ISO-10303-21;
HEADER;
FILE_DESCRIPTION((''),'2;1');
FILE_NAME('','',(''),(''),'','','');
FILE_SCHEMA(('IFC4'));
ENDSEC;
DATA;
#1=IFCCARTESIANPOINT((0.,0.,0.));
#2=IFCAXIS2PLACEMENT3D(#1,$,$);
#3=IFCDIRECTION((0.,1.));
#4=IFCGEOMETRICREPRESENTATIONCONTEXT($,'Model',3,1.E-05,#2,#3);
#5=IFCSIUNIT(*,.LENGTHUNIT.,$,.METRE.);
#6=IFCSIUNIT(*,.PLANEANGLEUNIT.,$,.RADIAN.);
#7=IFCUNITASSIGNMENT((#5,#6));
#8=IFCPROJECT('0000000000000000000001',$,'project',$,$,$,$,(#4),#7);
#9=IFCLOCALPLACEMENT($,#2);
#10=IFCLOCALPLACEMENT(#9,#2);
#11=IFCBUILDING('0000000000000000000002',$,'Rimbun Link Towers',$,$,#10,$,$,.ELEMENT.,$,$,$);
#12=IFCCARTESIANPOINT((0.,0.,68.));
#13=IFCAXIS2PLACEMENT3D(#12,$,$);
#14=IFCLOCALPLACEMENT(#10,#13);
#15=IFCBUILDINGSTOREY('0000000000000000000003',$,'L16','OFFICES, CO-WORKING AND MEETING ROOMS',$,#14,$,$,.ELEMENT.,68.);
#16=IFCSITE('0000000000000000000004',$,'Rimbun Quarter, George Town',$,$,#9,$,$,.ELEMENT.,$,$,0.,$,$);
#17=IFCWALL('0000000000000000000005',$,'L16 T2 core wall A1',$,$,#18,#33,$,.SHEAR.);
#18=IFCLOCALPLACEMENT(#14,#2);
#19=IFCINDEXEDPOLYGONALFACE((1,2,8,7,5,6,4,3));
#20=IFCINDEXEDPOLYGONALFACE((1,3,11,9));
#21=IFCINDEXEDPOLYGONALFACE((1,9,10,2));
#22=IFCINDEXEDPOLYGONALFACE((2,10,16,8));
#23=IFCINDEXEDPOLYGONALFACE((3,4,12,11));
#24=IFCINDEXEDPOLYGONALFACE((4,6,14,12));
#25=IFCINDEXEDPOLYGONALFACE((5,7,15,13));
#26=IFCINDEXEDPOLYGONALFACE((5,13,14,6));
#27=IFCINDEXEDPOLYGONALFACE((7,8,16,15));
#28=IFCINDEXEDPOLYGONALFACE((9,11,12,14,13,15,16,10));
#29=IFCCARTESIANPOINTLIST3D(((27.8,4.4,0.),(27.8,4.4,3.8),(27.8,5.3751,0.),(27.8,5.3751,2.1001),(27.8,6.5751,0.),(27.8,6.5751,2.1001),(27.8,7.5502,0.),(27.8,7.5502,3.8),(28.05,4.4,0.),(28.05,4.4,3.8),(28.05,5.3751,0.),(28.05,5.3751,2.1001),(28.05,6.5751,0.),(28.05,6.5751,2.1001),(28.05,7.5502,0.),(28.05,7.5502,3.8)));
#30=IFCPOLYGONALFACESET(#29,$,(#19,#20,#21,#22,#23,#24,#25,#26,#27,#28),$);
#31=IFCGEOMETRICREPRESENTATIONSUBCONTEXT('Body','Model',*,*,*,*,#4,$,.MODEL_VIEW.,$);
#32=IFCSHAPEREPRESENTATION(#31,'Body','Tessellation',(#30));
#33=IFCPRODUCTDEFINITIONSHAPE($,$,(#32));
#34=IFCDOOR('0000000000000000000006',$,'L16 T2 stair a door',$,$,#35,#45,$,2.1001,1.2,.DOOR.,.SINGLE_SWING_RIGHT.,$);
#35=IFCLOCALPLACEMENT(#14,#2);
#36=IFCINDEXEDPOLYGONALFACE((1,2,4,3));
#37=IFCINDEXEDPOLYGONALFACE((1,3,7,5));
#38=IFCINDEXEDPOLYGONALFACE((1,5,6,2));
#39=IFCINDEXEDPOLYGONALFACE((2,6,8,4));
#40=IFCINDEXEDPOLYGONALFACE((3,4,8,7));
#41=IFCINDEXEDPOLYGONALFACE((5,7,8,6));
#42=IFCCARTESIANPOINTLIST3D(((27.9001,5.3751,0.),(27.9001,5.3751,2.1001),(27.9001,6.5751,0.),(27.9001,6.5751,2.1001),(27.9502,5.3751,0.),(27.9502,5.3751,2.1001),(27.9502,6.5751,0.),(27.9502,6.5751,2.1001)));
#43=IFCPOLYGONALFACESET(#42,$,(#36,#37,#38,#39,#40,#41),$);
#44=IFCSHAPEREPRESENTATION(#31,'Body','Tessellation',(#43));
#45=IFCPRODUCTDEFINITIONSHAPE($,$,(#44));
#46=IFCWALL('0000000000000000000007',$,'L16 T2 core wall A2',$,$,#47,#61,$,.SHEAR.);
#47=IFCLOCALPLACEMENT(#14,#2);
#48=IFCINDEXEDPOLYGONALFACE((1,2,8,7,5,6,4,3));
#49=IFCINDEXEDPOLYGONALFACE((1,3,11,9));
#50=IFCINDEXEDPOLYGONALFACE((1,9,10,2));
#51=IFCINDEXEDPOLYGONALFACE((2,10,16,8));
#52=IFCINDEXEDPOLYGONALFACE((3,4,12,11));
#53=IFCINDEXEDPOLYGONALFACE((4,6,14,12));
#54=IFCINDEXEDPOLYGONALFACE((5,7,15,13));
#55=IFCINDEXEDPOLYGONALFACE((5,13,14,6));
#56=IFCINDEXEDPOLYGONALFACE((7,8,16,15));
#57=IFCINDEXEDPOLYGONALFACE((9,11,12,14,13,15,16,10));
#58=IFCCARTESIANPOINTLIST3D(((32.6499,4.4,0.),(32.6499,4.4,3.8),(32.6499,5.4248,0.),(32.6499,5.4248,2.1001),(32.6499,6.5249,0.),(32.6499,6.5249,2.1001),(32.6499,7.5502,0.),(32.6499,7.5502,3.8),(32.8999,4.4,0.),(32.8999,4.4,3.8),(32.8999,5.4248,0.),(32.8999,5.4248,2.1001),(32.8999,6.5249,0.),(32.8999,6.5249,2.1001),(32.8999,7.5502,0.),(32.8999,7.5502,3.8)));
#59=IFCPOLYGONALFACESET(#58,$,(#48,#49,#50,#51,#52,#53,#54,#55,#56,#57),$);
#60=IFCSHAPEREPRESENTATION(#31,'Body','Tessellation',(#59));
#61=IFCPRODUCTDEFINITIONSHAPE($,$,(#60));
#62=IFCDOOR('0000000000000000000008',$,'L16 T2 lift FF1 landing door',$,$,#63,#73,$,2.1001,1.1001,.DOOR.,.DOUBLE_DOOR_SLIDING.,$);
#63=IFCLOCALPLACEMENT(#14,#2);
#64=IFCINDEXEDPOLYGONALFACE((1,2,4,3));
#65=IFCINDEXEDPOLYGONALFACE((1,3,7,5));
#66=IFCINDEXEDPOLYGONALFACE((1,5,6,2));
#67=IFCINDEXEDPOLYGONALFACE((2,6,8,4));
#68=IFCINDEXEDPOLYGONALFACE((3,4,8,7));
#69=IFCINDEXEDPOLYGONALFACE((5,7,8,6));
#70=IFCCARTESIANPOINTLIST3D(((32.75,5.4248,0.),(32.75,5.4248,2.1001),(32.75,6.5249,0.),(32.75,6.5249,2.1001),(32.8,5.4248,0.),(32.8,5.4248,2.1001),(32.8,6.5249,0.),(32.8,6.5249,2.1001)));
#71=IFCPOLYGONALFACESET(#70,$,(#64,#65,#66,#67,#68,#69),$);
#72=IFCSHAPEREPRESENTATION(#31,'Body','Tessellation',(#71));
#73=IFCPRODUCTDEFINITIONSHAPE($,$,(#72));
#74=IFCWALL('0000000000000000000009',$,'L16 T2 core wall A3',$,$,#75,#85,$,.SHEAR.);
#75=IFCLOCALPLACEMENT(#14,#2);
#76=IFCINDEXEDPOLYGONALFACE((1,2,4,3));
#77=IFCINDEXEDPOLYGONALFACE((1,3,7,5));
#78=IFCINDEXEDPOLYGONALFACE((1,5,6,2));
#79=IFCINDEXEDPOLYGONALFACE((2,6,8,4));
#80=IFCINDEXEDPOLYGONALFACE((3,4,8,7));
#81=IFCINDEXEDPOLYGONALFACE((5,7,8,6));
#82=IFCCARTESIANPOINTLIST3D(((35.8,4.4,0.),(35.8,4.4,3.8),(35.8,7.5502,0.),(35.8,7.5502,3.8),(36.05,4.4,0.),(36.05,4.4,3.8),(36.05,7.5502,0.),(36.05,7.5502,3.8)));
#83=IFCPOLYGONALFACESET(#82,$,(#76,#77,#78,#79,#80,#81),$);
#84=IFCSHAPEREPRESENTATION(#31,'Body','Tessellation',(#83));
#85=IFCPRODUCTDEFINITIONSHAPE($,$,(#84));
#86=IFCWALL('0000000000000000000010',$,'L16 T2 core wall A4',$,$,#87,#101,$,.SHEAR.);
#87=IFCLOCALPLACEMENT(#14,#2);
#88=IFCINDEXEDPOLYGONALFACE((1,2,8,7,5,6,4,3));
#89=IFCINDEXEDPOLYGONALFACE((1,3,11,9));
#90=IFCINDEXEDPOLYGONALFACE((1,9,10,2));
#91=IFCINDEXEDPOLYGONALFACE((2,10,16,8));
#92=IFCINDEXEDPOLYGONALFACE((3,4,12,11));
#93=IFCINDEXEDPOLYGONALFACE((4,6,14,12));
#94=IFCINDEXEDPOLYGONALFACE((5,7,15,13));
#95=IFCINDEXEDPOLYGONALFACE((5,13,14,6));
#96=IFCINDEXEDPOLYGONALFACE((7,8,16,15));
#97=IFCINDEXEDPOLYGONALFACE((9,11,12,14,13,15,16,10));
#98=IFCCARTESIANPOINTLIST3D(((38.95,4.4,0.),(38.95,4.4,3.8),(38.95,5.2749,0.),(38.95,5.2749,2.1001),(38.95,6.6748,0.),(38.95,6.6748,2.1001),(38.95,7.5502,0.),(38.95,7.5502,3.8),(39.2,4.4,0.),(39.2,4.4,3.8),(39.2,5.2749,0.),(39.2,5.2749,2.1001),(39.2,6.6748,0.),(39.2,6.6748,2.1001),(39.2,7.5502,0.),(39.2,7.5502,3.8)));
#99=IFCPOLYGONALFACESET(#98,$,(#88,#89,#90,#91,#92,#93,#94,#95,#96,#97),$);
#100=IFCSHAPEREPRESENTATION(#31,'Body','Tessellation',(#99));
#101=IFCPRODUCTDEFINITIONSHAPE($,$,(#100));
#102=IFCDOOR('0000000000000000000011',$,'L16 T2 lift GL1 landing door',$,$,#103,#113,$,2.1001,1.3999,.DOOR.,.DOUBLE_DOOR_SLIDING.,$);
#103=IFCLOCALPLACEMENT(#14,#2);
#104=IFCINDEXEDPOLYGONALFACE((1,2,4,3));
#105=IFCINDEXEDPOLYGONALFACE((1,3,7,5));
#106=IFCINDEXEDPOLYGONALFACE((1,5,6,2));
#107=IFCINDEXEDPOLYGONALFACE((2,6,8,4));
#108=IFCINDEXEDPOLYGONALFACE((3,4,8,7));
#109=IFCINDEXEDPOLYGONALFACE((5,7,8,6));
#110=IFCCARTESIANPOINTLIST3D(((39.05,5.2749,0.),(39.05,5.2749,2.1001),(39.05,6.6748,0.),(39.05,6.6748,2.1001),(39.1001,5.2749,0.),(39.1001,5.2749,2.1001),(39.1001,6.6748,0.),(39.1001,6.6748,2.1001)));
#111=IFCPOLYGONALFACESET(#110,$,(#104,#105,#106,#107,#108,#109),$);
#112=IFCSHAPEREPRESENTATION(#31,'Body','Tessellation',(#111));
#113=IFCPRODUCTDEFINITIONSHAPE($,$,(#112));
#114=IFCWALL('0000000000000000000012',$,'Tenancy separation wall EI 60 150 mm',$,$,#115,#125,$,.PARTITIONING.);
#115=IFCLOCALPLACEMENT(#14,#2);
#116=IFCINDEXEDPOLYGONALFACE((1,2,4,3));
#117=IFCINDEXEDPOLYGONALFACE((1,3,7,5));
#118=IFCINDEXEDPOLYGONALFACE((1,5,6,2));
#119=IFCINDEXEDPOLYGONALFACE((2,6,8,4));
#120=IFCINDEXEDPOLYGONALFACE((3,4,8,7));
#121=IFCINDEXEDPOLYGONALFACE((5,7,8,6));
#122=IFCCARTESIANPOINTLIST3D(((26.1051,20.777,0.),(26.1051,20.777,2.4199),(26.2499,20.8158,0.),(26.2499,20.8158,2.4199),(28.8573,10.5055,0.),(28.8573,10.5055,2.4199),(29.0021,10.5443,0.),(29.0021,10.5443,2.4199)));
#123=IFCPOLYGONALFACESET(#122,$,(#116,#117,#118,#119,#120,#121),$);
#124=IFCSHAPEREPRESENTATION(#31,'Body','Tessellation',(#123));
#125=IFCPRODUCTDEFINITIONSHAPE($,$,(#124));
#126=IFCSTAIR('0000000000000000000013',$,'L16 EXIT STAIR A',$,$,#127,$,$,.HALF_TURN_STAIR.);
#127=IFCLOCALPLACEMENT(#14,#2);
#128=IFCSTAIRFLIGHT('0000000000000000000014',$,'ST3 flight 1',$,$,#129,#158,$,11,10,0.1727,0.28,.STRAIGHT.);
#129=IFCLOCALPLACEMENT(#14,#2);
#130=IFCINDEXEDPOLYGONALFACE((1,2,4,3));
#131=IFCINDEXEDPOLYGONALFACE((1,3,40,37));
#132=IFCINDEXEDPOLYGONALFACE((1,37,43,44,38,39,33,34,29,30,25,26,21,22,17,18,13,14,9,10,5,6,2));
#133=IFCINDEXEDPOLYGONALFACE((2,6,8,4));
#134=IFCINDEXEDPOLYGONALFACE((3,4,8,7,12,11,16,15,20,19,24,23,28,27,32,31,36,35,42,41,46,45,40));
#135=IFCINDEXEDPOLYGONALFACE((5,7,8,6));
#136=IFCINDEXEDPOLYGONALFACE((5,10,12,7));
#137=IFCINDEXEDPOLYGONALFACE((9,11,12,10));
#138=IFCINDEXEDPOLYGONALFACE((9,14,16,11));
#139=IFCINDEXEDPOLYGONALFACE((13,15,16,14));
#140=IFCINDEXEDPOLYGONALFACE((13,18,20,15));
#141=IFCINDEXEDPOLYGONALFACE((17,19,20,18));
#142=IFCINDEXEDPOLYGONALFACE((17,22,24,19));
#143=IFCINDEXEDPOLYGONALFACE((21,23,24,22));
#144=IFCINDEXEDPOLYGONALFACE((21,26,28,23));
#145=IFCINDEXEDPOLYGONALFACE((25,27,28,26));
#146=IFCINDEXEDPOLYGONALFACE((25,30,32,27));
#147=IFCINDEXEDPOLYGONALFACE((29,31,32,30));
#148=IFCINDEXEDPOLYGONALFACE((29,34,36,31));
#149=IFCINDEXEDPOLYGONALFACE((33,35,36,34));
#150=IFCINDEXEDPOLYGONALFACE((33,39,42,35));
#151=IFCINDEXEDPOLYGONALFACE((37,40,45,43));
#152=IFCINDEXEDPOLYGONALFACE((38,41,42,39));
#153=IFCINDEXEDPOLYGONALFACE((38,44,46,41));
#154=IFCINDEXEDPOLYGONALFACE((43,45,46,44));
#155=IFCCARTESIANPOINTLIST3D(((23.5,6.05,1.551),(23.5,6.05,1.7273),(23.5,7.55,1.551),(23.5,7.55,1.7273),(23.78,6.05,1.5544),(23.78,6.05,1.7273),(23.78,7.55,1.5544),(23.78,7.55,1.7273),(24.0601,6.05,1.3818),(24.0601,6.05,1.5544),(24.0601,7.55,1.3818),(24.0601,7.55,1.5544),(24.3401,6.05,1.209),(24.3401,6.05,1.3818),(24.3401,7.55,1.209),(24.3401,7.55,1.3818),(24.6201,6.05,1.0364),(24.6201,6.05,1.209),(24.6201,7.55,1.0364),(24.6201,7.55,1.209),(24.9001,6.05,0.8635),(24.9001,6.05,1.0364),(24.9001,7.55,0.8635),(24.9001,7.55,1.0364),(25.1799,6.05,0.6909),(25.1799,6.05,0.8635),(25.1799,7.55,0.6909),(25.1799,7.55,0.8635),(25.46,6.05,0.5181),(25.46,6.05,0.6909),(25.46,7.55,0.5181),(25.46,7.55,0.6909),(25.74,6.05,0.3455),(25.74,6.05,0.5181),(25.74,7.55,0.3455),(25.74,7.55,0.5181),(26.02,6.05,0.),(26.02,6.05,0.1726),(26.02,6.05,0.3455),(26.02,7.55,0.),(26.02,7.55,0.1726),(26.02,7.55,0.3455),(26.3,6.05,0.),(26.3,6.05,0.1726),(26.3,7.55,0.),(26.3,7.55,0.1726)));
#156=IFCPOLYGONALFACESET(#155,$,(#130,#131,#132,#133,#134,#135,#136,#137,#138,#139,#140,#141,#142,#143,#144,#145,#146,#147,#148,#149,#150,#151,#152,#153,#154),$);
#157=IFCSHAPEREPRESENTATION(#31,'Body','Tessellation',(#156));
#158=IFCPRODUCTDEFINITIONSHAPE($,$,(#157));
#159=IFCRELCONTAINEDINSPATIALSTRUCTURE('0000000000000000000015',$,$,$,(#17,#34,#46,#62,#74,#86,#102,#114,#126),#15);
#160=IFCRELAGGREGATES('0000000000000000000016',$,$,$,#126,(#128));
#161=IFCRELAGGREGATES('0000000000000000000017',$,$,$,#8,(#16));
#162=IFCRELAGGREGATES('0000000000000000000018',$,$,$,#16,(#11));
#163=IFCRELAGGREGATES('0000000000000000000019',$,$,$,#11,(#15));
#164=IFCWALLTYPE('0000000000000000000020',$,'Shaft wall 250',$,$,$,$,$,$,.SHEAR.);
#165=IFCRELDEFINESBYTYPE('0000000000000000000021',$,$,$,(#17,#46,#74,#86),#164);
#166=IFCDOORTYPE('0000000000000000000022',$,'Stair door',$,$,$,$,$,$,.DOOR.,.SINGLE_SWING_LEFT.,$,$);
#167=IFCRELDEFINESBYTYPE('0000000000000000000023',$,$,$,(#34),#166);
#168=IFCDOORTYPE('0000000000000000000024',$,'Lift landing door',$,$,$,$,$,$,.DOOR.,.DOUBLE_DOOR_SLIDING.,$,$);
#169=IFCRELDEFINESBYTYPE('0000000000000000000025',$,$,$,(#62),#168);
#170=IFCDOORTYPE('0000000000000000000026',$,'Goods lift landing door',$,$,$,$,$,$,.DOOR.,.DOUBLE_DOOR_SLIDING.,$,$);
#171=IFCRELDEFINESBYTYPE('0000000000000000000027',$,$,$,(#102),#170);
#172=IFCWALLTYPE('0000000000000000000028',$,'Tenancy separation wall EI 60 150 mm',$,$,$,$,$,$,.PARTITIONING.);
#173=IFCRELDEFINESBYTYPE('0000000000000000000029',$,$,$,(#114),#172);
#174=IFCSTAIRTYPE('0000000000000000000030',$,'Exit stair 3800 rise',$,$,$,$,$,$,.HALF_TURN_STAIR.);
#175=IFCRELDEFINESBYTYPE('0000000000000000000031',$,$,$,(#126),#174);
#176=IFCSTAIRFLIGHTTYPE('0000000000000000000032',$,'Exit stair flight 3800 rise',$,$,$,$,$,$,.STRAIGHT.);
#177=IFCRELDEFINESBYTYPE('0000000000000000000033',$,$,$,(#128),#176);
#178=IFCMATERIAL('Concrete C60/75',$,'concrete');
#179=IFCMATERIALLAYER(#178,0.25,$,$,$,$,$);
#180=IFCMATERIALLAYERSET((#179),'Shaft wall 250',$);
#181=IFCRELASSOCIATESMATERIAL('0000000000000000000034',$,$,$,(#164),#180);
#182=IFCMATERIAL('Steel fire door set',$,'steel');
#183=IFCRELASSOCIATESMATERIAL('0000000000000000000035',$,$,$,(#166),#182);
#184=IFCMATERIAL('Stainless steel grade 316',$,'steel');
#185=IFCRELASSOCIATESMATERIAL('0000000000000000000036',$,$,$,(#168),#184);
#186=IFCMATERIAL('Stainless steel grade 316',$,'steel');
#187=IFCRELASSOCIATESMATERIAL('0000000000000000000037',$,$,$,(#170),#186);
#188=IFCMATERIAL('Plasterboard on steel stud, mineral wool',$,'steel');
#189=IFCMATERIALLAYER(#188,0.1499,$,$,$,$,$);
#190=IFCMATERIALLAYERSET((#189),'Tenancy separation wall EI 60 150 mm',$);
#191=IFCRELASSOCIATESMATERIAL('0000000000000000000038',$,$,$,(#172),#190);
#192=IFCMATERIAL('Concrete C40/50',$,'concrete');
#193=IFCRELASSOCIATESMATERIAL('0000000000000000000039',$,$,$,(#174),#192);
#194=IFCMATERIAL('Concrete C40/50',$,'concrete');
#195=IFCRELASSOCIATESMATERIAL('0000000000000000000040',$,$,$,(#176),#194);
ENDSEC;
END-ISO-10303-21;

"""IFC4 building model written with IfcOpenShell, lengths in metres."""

from ifc_helpers import new_model, si_unit, direction, frame, frame_2d, origin, place, context, subcontext, project, spatial, polyline, rectangle, outline, extrude, material, layer, layer_set, type_object, element, fill, aggregate, save


model = new_model("IFC4")

# Units and contexts
model_context = context("Model", 3, precision=1e-05, world=origin(), true_north=direction((0.0, 1.0)))
body_context = subcontext(model_context, "Body", "Model", "MODEL_VIEW")
ifc_project = project(units=[si_unit("LENGTHUNIT", "METRE"), si_unit("PLANEANGLEUNIT", "RADIAN")], contexts=[model_context])

# Site, building, storey
site_placement = place(None, origin())
site = spatial("IfcSite", under=ifc_project, at=site_placement, Name="Rimbun Quarter, George Town", CompositionType="ELEMENT", RefElevation=0.0)
building_placement = place(site_placement, origin())
building = spatial("IfcBuilding", under=site, at=building_placement, Name="Rimbun Link Towers", CompositionType="ELEMENT")
storey_placement = place(building_placement, frame((0.0, 0.0, 68.0)))
storey = spatial("IfcBuildingStorey", under=building, at=storey_placement, Name="L16", Description="OFFICES, CO-WORKING AND MEETING ROOMS", CompositionType="ELEMENT", Elevation=68.0)

# Walls, openings, doors
ifc_material_1 = material(Name="Concrete C60/75", Category="concrete")
ifc_layer_1 = layer(ifc_material_1, 0.25)
ifc_layer_set_1 = layer_set([ifc_layer_1], Name="Shaft wall 250")
wall_type_1 = type_object("IfcWallType", Name="Shaft wall 250", PredefinedType="SHEAR", material=ifc_layer_set_1)
wall_1_placement = place(storey_placement, frame((27.925, 4.3999, 0.0), z_axis=(0.0, 0.0, 1.0), x_axis=(0.0, 1.0, 0.0)))
wall_1 = element("IfcWall", 1, at=wall_1_placement, inside=storey, type_object=wall_type_1, Name="L16 T2 core wall A1", PredefinedType="SHEAR", context=body_context, shape_type="SweptSolid", body=[
    extrude(rectangle(XDim=3.1501, YDim=0.25, at=frame_2d((1.5752, 0.0))), origin(), (0.0, 0.0, 1.0), 3.8),
])
opening_1_placement = place(wall_1_placement, frame((0.9751, 0.0, 0.0)))
opening_1 = element("IfcOpeningElement", 2, at=opening_1_placement, cuts=wall_1, PredefinedType="OPENING", context=body_context, shape_type="SweptSolid", body=[
    extrude(rectangle(XDim=1.2, YDim=2.1001, at=frame_2d((0.6001, 1.05))), frame((0.0, 0.135, 0.0), z_axis=(0.0, -1.0, 0.0), x_axis=(1.0, 0.0, 0.0)), (0.0, 0.0, 1.0), 0.27),
])
ifc_material_2 = material(Name="Steel fire door set", Category="steel")
door_type_1 = type_object("IfcDoorType", Name="Stair door", OperationType="SINGLE_SWING_LEFT", PredefinedType="DOOR", material=ifc_material_2)
door_1_placement = place(opening_1_placement, origin())
door_1 = element("IfcDoor", 3, at=door_1_placement, inside=storey, type_object=door_type_1, Name="L16 T2 stair a door", OperationType="SINGLE_SWING_RIGHT", OverallHeight=2.1001, OverallWidth=1.2, PredefinedType="DOOR", context=body_context, shape_type="SweptSolid", body=[
    extrude(rectangle(XDim=1.2, YDim=2.1001, at=frame_2d((0.6001, 1.05))), frame((0.0, 0.0249, 0.0), z_axis=(0.0, -1.0, 0.0), x_axis=(1.0, 0.0, 0.0)), (0.0, 0.0, 1.0), 0.05),
])
fill(opening_1, door_1)
wall_2_placement = place(storey_placement, frame((32.7749, 4.3999, 0.0), z_axis=(0.0, 0.0, 1.0), x_axis=(0.0, 1.0, 0.0)))
wall_2 = element("IfcWall", 4, at=wall_2_placement, inside=storey, type_object=wall_type_1, Name="L16 T2 core wall A2", PredefinedType="SHEAR", context=body_context, shape_type="SweptSolid", body=[
    extrude(rectangle(XDim=3.1501, YDim=0.25, at=frame_2d((1.5752, 0.0))), origin(), (0.0, 0.0, 1.0), 3.8),
])
opening_2_placement = place(wall_2_placement, frame((1.0249, 0.0, 0.0)))
opening_2 = element("IfcOpeningElement", 5, at=opening_2_placement, cuts=wall_2, PredefinedType="OPENING", context=body_context, shape_type="SweptSolid", body=[
    extrude(rectangle(XDim=1.1001, YDim=2.1001, at=frame_2d((0.55, 1.05))), frame((0.0, 0.135, 0.0), z_axis=(0.0, -1.0, 0.0), x_axis=(1.0, 0.0, 0.0)), (0.0, 0.0, 1.0), 0.27),
])
ifc_material_3 = material(Name="Stainless steel grade 316", Category="steel")
door_type_2 = type_object("IfcDoorType", Name="Lift landing door", OperationType="DOUBLE_DOOR_SLIDING", PredefinedType="DOOR", material=ifc_material_3)
door_2_placement = place(opening_2_placement, origin())
door_2 = element("IfcDoor", 6, at=door_2_placement, inside=storey, type_object=door_type_2, Name="L16 T2 lift FF1 landing door", OperationType="DOUBLE_DOOR_SLIDING", OverallHeight=2.1001, OverallWidth=1.1001, PredefinedType="DOOR", context=body_context, shape_type="SweptSolid", body=[
    extrude(rectangle(XDim=1.1001, YDim=2.1001, at=frame_2d((0.55, 1.05))), frame((0.0, 0.0249, 0.0), z_axis=(0.0, -1.0, 0.0), x_axis=(1.0, 0.0, 0.0)), (0.0, 0.0, 1.0), 0.05),
])
fill(opening_2, door_2)

# Wall
wall_3_placement = place(storey_placement, frame((35.925, 4.3999, 0.0), z_axis=(0.0, 0.0, 1.0), x_axis=(0.0, 1.0, 0.0)))
element("IfcWall", 7, at=wall_3_placement, inside=storey, type_object=wall_type_1, Name="L16 T2 core wall A3", PredefinedType="SHEAR", context=body_context, shape_type="SweptSolid", body=[
    extrude(rectangle(XDim=3.1501, YDim=0.25, at=frame_2d((1.5752, 0.0))), origin(), (0.0, 0.0, 1.0), 3.8),
])

# Wall, opening, door
wall_4_placement = place(storey_placement, frame((39.075, 4.3999, 0.0), z_axis=(0.0, 0.0, 1.0), x_axis=(0.0, 1.0, 0.0)))
wall_4 = element("IfcWall", 8, at=wall_4_placement, inside=storey, type_object=wall_type_1, Name="L16 T2 core wall A4", PredefinedType="SHEAR", context=body_context, shape_type="SweptSolid", body=[
    extrude(rectangle(XDim=3.1501, YDim=0.25, at=frame_2d((1.5752, 0.0))), origin(), (0.0, 0.0, 1.0), 3.8),
])
opening_3_placement = place(wall_4_placement, frame((0.875, 0.0, 0.0)))
opening_3 = element("IfcOpeningElement", 9, at=opening_3_placement, cuts=wall_4, PredefinedType="OPENING", context=body_context, shape_type="SweptSolid", body=[
    extrude(rectangle(XDim=1.3999, YDim=2.1001, at=frame_2d((0.7, 1.05))), frame((0.0, 0.135, 0.0), z_axis=(0.0, -1.0, 0.0), x_axis=(1.0, 0.0, 0.0)), (0.0, 0.0, 1.0), 0.27),
])
ifc_material_4 = material(Name="Stainless steel grade 316", Category="steel")
door_type_3 = type_object("IfcDoorType", Name="Goods lift landing door", OperationType="DOUBLE_DOOR_SLIDING", PredefinedType="DOOR", material=ifc_material_4)
door_3_placement = place(opening_3_placement, origin())
door_3 = element("IfcDoor", 10, at=door_3_placement, inside=storey, type_object=door_type_3, Name="L16 T2 lift GL1 landing door", OperationType="DOUBLE_DOOR_SLIDING", OverallHeight=2.1001, OverallWidth=1.3999, PredefinedType="DOOR", context=body_context, shape_type="SweptSolid", body=[
    extrude(rectangle(XDim=1.3999, YDim=2.1001, at=frame_2d((0.7, 1.05))), frame((0.0, 0.0249, 0.0), z_axis=(0.0, -1.0, 0.0), x_axis=(1.0, 0.0, 0.0)), (0.0, 0.0, 1.0), 0.05),
])
fill(opening_3, door_3)

# Wall
ifc_material_5 = material(Name="Plasterboard on steel stud, mineral wool", Category="steel")
ifc_layer_2 = layer(ifc_material_5, 0.1499)
ifc_layer_set_2 = layer_set([ifc_layer_2], Name="Tenancy separation wall EI 60 150 mm")
wall_type_2 = type_object("IfcWallType", Name="Tenancy separation wall EI 60 150 mm", PredefinedType="PARTITIONING", material=ifc_layer_set_2)
wall_5_placement = place(storey_placement, frame((28.9297, 10.5249, 0.0), z_axis=(0.0, 0.0, 1.0), x_axis=(-0.258816, 0.965927, 0.0)))
element("IfcWall", 11, at=wall_5_placement, inside=storey, type_object=wall_type_2, Name="Tenancy separation wall EI 60 150 mm", PredefinedType="PARTITIONING", context=body_context, shape_type="SweptSolid", body=[
    extrude(rectangle(XDim=10.6338, YDim=0.1499, at=frame_2d((5.3169, 0.0))), origin(), (0.0, 0.0, 1.0), 2.4199),
])

# Stair, stair flight
ifc_material_6 = material(Name="Concrete C40/50", Category="concrete")
stair_type = type_object("IfcStairType", Name="Exit stair 3800 rise", PredefinedType="HALF_TURN_STAIR", material=ifc_material_6)
stair_placement = place(storey_placement, origin())
stair = element("IfcStair", 12, at=stair_placement, inside=storey, type_object=stair_type, Name="L16 EXIT STAIR A", PredefinedType="HALF_TURN_STAIR")
ifc_material_7 = material(Name="Concrete C40/50", Category="concrete")
stair_flight_type = type_object("IfcStairFlightType", Name="Exit stair flight 3800 rise", PredefinedType="STRAIGHT", material=ifc_material_7)
stair_flight_placement = place(storey_placement, frame((26.3, 6.8, 0.0), z_axis=(0.0, 0.0, 1.0), x_axis=(-1.0, 0.0, 0.0)))
stair_flight = element("IfcStairFlight", 13, at=stair_flight_placement, type_object=stair_flight_type, Name="ST3 flight 1", NumberOfRisers=11, NumberOfTreads=10, PredefinedType="STRAIGHT", RiserHeight=0.1727, TreadLength=0.28, context=body_context, shape_type="SweptSolid", body=[
    extrude(outline(polyline([(0.0, 0.0), (0.0, 0.1726), (0.28, 0.1726), (0.28, 0.3455), (0.5601, 0.3455), (0.5601, 0.5181), (0.8401, 0.5181), (0.8401, 0.6909), (1.1201, 0.6909), (1.1201, 0.8635), (1.3999, 0.8635), (1.3999, 1.0364), (1.6799, 1.0364), (1.6799, 1.209), (1.96, 1.209), (1.96, 1.3818), (2.24, 1.3818), (2.24, 1.5544), (2.52, 1.5544), (2.52, 1.7273), (2.8, 1.7273), (2.8, 1.8999), (2.8, 1.551), (0.28, 0.0), (0.0, 0.0)])), frame((0.0, 0.75, 0.0), z_axis=(0.0, -1.0, 0.0), x_axis=(1.0, 0.0, 0.0)), (0.0, 0.0, 1.0), 1.5),
])
aggregate(stair, [stair_flight])

save(model, "model.ifc")
